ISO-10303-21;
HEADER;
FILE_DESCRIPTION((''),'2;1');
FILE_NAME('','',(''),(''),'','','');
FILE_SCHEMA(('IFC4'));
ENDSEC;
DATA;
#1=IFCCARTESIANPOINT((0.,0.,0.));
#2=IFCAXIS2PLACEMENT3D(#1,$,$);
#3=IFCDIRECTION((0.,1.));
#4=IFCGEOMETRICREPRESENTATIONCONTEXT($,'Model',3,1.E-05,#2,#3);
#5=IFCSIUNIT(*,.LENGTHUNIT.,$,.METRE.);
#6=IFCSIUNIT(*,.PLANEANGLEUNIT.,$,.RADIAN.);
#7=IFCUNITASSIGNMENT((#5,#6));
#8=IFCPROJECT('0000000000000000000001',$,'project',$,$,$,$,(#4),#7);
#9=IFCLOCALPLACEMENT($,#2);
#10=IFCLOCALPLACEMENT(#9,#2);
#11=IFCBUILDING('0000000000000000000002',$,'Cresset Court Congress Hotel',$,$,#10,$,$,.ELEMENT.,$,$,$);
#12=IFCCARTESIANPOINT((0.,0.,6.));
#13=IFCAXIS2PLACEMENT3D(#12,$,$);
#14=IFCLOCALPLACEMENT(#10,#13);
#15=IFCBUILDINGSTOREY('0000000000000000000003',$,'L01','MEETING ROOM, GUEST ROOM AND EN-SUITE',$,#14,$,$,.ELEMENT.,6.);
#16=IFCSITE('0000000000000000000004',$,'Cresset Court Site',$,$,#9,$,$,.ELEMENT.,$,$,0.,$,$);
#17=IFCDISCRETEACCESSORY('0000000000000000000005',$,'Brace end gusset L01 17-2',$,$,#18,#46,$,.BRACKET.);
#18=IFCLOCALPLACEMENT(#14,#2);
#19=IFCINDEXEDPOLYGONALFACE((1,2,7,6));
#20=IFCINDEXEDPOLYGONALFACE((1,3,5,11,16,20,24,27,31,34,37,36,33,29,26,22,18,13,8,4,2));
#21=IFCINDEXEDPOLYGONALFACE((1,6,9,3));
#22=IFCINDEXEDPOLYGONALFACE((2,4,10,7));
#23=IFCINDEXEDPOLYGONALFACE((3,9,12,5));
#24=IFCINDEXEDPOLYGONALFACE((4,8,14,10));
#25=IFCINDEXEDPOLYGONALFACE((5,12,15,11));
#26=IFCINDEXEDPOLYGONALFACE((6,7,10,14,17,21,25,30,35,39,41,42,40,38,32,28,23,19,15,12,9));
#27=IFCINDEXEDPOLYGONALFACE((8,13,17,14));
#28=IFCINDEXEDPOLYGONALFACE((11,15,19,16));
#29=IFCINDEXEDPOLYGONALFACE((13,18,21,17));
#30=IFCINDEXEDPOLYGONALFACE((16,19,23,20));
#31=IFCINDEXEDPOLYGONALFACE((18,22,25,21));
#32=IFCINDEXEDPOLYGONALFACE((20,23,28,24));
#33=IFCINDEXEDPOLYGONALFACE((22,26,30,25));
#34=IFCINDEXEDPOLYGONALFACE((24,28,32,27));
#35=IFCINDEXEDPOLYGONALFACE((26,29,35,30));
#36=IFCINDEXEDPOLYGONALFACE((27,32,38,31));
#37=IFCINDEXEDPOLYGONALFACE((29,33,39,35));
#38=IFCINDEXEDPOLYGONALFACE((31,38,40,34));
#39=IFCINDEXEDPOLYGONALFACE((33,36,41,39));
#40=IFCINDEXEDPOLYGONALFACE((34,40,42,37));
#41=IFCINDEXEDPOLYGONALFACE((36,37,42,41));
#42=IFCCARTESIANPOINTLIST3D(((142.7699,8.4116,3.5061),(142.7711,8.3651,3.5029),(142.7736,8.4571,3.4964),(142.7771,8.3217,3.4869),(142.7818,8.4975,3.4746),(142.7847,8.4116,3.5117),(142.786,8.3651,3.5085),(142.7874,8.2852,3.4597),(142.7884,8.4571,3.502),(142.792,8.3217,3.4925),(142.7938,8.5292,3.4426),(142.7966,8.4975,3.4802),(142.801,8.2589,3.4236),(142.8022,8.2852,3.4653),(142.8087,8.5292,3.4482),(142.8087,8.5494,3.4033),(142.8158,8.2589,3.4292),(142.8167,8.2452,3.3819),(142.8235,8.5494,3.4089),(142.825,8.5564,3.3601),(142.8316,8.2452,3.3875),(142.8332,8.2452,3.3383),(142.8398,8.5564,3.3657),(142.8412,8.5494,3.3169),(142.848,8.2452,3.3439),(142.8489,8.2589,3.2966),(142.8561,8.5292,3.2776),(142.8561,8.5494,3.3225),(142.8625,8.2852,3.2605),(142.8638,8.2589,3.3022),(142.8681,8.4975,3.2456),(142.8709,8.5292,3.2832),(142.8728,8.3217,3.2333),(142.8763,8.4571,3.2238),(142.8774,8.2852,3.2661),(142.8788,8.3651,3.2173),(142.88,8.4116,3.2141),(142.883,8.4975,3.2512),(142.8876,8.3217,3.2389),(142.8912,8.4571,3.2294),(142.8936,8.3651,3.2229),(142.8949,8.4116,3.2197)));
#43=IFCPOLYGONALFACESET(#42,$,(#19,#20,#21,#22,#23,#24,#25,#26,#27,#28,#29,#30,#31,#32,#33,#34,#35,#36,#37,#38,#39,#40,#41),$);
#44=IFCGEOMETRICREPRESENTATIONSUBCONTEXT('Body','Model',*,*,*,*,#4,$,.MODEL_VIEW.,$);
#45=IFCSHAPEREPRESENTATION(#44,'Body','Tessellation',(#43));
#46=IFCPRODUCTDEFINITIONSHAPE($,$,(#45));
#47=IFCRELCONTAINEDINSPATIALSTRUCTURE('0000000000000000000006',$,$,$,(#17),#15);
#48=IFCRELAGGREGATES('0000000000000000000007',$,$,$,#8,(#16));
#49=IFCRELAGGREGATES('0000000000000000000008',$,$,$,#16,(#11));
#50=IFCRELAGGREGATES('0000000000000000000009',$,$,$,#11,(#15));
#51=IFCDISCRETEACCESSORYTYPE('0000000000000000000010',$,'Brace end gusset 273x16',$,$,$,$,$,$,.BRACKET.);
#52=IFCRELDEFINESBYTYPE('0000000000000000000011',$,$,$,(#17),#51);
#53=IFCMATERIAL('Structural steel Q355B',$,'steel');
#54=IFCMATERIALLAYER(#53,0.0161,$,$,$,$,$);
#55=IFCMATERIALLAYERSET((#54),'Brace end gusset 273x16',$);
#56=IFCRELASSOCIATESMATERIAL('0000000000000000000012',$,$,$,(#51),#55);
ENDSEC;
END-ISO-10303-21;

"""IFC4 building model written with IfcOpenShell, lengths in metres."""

from ifc_helpers import new_model, si_unit, direction, frame, origin, origin_2d, place, context, subcontext, project, spatial, circle, extrude, material, layer, layer_set, type_object, element, save


model = new_model("IFC4")

# Units and contexts
model_context = context("Model", 3, precision=1e-05, world=origin(), true_north=direction((0.0, 1.0)))
body_context = subcontext(model_context, "Body", "Model", "MODEL_VIEW")
ifc_project = project(units=[si_unit("LENGTHUNIT", "METRE"), si_unit("PLANEANGLEUNIT", "RADIAN")], contexts=[model_context])

# Site, building, storey
site_placement = place(None, origin())
site = spatial("IfcSite", under=ifc_project, at=site_placement, Name="Cresset Court Site", CompositionType="ELEMENT", RefElevation=0.0)
building_placement = place(site_placement, origin())
building = spatial("IfcBuilding", under=site, at=building_placement, Name="Cresset Court Congress Hotel", CompositionType="ELEMENT")
storey_placement = place(building_placement, frame((0.0, 0.0, 6.0)))
storey = spatial("IfcBuildingStorey", under=building, at=storey_placement, Name="L01", Description="MEETING ROOM, GUEST ROOM AND EN-SUITE", CompositionType="ELEMENT", Elevation=6.0)

# Discrete accessory
ifc_material_1 = material(Name="Structural steel Q355B", Category="steel")
ifc_layer_1 = layer(ifc_material_1, 0.0161)
ifc_layer_set_1 = layer_set([ifc_layer_1], Name="Brace end gusset 273x16")
discrete_accessory_type = type_object("IfcDiscreteAccessoryType", Name="Brace end gusset 273x16", PredefinedType="BRACKET", material=ifc_layer_set_1)
discrete_accessory_1_placement = place(storey_placement, frame((142.825, 8.3999, 3.3601), z_axis=(0.935697, 0.0, 0.352804), x_axis=(0.0, 1.0, 0.0)))
element("IfcDiscreteAccessory", 1, at=discrete_accessory_1_placement, inside=storey, type_object=discrete_accessory_type, Name="Brace end gusset L01 17-2", PredefinedType="BRACKET", context=body_context, shape_type="SweptSolid", body=[
    extrude(circle(Radius=0.1565, at=origin_2d()), origin(), (0.0, 0.0, 1.0), 0.0159),
])

save(model, "model.ifc")
